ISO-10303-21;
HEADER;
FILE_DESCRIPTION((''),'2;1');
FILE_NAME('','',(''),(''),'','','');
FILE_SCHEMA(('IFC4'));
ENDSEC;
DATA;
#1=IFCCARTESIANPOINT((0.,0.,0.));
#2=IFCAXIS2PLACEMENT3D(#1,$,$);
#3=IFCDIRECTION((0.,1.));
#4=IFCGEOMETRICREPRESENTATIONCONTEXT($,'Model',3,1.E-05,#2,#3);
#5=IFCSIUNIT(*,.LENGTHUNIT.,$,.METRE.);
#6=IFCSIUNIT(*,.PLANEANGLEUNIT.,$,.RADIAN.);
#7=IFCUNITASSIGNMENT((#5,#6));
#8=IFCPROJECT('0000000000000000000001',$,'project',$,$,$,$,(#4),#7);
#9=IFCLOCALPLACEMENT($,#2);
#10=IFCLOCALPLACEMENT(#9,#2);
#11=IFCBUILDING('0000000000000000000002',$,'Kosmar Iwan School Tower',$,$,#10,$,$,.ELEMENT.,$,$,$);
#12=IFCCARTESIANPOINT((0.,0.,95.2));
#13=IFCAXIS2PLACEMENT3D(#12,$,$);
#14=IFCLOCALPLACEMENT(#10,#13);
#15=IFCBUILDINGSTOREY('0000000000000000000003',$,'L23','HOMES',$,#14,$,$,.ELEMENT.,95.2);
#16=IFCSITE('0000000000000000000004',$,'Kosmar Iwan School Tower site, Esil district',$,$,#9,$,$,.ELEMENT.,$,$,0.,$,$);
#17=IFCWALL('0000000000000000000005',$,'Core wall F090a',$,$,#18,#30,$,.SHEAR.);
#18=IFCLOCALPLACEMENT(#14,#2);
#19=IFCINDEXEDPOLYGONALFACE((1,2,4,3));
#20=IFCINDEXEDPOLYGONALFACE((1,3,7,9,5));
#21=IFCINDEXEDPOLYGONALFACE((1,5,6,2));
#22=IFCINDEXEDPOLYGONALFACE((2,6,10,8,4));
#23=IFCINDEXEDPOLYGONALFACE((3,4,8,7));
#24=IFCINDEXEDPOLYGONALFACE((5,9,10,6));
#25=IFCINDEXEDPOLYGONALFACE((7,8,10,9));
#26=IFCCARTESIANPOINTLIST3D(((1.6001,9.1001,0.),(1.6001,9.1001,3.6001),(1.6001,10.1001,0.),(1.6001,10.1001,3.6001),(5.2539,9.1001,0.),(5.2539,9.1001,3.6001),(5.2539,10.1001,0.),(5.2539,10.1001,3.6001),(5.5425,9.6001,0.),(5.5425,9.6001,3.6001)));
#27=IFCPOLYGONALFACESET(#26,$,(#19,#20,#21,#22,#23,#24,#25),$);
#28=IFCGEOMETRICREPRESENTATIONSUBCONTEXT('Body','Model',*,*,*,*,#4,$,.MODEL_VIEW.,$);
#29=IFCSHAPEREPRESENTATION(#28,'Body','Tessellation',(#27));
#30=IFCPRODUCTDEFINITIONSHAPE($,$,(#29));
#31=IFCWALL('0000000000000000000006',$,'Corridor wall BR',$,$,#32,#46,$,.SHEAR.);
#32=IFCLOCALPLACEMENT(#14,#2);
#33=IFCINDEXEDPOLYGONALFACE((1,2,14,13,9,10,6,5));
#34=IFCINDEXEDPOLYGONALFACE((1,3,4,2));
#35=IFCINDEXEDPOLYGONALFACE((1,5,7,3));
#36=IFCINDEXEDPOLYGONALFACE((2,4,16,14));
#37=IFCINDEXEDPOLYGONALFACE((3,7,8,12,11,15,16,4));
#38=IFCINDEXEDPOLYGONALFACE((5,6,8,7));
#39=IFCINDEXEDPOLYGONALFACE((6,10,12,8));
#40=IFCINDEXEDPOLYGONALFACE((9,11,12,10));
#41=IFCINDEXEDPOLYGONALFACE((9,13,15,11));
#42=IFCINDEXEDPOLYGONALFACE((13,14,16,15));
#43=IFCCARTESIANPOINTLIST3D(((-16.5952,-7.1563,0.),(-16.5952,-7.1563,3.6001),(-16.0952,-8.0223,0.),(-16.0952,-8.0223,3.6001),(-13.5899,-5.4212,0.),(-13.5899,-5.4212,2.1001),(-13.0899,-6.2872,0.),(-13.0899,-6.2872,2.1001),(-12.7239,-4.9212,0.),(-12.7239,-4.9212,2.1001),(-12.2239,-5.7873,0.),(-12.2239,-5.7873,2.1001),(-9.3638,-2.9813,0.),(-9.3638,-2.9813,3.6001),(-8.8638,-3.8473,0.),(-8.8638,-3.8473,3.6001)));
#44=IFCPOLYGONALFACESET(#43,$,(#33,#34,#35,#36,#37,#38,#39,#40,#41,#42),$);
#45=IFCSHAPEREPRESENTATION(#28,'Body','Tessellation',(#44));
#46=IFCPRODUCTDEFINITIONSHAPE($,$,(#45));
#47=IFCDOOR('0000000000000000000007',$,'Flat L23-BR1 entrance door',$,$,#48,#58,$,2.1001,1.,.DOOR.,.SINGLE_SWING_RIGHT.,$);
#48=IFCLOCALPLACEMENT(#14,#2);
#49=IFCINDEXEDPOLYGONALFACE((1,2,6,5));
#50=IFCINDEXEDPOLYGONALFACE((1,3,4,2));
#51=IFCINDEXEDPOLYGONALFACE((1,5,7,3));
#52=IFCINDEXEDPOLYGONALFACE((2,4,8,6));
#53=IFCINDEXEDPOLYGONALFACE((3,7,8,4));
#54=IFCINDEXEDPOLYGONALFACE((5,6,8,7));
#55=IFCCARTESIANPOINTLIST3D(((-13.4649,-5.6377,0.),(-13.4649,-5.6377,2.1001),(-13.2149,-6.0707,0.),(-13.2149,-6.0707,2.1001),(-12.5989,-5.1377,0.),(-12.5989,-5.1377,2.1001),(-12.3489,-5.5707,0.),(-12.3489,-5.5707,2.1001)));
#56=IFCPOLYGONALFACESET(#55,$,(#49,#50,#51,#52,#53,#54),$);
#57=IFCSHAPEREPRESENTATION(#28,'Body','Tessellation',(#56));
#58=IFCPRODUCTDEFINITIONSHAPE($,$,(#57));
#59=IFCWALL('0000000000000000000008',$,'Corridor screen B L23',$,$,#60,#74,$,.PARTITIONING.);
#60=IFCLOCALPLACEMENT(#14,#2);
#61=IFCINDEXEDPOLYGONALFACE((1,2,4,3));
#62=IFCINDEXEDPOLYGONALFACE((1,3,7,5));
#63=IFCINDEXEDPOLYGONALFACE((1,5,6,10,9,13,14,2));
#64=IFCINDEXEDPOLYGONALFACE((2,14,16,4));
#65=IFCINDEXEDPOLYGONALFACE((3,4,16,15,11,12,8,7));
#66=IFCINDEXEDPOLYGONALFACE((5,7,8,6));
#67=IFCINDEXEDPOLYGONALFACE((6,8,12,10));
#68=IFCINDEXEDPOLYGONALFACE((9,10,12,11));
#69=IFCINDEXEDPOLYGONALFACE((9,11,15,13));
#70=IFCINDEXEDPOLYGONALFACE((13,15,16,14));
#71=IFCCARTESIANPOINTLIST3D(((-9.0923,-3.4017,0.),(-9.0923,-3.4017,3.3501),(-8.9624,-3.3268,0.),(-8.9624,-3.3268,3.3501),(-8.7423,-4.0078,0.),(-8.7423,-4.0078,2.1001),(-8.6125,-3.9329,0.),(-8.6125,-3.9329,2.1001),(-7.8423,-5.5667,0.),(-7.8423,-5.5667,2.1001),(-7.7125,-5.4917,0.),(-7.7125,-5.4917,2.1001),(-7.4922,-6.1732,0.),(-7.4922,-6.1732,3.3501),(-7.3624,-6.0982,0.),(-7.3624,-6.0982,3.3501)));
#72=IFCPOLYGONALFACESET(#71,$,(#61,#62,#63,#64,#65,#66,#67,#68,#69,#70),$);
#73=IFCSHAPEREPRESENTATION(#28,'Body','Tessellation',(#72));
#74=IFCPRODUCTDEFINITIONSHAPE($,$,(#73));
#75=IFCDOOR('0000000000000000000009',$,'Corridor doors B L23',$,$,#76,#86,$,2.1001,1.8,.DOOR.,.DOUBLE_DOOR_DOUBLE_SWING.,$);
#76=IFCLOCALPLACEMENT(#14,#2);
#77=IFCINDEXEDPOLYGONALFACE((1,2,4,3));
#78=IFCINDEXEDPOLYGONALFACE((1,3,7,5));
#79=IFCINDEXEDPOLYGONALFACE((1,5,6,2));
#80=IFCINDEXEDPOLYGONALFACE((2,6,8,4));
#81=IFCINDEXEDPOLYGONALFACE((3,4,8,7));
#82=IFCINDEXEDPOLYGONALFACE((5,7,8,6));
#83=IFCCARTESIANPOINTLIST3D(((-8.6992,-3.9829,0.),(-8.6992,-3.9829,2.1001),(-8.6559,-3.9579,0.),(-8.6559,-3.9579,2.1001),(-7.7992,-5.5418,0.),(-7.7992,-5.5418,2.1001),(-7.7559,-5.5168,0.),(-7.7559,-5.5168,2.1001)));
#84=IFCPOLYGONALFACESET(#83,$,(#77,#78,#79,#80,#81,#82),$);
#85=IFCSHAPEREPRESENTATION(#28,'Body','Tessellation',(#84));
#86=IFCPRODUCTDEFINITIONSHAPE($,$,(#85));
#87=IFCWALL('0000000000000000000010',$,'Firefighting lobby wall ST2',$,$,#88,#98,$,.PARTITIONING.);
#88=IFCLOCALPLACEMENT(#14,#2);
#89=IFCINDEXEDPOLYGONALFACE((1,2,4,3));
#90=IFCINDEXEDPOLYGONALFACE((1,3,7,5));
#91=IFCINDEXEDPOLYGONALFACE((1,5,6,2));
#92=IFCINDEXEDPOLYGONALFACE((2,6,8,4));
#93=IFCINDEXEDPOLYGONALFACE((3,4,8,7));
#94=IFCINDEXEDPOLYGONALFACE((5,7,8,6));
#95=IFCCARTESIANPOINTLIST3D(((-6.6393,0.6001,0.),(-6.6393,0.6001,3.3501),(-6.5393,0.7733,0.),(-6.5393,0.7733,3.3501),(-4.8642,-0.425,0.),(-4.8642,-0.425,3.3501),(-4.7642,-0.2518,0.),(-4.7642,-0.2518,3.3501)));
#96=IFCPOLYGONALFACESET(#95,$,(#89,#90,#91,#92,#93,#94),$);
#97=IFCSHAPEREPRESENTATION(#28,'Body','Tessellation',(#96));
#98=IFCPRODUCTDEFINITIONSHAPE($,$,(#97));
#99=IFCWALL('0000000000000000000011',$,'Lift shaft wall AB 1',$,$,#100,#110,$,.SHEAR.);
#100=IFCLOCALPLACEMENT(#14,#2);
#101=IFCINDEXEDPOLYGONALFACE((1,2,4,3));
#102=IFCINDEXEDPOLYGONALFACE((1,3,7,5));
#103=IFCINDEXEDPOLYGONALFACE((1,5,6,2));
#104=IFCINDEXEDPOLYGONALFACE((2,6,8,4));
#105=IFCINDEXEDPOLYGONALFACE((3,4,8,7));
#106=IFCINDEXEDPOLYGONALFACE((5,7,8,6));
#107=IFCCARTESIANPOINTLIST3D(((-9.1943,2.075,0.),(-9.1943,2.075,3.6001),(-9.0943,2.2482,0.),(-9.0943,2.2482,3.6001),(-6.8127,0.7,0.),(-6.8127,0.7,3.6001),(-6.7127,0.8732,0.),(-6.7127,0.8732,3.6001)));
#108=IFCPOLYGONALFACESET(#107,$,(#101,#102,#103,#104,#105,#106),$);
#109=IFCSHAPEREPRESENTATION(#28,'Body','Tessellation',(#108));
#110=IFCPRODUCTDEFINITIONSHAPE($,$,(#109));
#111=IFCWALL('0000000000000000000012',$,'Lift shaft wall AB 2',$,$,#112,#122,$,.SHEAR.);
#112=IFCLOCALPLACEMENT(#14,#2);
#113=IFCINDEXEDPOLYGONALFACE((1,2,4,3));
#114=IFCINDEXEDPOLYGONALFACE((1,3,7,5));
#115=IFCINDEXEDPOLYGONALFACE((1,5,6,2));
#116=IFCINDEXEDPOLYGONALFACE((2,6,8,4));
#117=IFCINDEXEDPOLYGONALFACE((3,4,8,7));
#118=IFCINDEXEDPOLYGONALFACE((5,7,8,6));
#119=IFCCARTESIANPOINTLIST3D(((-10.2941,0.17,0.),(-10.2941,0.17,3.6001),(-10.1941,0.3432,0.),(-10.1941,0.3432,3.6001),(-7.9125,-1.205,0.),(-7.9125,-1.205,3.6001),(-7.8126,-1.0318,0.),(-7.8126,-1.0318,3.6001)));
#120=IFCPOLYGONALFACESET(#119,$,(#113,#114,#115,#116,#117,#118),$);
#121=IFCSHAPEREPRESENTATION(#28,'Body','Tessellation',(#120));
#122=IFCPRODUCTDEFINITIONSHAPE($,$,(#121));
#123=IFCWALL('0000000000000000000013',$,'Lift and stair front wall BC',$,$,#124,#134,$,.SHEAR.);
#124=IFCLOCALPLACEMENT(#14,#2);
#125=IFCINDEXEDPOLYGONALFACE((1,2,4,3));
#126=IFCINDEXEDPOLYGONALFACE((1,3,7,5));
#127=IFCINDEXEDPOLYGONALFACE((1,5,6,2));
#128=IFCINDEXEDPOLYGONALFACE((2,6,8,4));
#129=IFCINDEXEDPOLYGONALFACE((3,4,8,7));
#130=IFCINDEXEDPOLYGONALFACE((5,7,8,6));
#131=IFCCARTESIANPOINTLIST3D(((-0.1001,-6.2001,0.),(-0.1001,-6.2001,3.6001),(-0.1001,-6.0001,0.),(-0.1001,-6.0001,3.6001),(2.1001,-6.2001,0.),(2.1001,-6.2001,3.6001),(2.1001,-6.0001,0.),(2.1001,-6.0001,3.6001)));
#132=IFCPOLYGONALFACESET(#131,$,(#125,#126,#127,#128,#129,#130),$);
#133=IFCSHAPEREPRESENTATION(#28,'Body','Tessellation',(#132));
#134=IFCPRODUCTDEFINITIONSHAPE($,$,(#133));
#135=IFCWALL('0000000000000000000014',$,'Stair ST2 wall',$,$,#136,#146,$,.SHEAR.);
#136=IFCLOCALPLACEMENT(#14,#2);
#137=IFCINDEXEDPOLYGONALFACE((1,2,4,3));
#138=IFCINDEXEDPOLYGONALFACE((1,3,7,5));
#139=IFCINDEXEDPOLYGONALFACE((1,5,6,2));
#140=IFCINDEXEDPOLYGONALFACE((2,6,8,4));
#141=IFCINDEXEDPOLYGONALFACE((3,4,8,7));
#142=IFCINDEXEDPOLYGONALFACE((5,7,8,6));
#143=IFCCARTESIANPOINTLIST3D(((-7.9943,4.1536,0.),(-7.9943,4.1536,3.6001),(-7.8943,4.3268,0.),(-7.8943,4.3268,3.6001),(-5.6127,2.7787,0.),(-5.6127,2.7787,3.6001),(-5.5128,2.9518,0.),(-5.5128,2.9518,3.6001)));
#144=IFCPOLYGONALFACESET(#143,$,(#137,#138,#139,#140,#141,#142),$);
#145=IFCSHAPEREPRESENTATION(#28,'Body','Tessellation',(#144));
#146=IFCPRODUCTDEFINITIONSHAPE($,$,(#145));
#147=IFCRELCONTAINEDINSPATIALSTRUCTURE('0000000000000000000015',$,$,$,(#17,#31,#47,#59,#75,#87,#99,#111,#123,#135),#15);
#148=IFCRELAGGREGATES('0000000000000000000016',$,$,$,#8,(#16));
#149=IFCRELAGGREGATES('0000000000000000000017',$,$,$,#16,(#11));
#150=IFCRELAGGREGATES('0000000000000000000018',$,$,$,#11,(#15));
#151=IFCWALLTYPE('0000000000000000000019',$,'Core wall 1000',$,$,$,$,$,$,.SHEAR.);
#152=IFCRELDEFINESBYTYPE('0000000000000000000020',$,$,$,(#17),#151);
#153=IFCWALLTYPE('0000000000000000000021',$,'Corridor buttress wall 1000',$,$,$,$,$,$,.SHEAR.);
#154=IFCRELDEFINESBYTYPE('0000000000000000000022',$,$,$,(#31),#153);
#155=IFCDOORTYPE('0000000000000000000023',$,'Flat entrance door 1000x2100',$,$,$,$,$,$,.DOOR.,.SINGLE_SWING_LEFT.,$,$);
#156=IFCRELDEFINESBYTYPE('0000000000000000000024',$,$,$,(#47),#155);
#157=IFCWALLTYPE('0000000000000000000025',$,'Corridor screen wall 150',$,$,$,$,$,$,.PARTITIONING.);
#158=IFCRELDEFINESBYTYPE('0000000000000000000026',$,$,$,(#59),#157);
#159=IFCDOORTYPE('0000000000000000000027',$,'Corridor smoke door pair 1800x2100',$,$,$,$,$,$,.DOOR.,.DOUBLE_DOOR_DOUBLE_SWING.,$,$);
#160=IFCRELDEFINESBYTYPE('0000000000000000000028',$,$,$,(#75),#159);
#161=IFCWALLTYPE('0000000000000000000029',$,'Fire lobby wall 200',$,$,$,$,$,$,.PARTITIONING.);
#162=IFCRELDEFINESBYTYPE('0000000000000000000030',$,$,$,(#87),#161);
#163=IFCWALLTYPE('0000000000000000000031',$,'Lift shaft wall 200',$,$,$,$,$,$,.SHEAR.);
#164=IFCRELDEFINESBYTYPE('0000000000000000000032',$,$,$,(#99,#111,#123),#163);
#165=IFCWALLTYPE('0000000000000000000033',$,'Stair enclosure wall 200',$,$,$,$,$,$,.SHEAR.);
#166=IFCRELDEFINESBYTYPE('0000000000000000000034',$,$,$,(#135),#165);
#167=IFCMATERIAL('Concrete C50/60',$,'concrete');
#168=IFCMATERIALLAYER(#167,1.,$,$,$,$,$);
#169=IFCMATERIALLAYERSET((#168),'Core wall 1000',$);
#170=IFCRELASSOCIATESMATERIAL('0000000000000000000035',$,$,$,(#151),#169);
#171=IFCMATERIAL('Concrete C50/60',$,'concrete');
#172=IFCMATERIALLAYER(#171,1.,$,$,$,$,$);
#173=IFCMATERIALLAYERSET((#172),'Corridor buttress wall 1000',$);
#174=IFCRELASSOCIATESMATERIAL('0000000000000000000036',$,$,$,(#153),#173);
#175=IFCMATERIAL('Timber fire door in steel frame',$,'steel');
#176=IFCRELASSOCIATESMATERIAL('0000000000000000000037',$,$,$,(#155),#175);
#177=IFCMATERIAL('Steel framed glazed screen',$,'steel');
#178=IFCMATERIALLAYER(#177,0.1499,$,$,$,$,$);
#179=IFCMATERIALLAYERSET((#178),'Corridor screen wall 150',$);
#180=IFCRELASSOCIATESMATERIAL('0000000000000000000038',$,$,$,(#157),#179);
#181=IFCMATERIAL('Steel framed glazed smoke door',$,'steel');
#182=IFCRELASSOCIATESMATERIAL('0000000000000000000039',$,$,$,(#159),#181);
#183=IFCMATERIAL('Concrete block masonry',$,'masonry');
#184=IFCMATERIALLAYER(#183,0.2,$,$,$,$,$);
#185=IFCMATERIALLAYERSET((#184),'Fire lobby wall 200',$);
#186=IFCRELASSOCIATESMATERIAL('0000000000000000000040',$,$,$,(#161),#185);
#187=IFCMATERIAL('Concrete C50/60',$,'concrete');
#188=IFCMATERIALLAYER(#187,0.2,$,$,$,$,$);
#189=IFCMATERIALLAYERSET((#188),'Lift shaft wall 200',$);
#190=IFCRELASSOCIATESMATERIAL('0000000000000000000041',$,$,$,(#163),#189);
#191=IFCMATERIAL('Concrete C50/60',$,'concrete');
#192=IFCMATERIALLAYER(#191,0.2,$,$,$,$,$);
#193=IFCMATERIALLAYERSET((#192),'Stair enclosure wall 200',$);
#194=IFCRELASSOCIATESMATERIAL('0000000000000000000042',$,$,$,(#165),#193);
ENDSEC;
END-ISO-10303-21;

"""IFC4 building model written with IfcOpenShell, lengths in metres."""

from ifc_helpers import new_model, si_unit, direction, frame, frame_2d, origin, place, context, subcontext, project, spatial, polyline, rectangle, outline, extrude, material, layer, layer_set, type_object, element, fill, save


model = new_model("IFC4")

# Units and contexts
model_context = context("Model", 3, precision=1e-05, world=origin(), true_north=direction((0.0, 1.0)))
body_context = subcontext(model_context, "Body", "Model", "MODEL_VIEW")
ifc_project = project(units=[si_unit("LENGTHUNIT", "METRE"), si_unit("PLANEANGLEUNIT", "RADIAN")], contexts=[model_context])

# Site, building, storey
site_placement = place(None, origin())
site = spatial("IfcSite", under=ifc_project, at=site_placement, Name="Kosmar Iwan School Tower site, Esil district", CompositionType="ELEMENT", RefElevation=0.0)
building_placement = place(site_placement, origin())
building = spatial("IfcBuilding", under=site, at=building_placement, Name="Kosmar Iwan School Tower", CompositionType="ELEMENT")
storey_placement = place(building_placement, frame((0.0, 0.0, 95.2)))
storey = spatial("IfcBuildingStorey", under=building, at=storey_placement, Name="L23", Description="HOMES", CompositionType="ELEMENT", Elevation=95.2)

# Wall
ifc_material_1 = material(Name="Concrete C50/60", Category="concrete")
ifc_layer_1 = layer(ifc_material_1, 1.0)
ifc_layer_set_1 = layer_set([ifc_layer_1], Name="Core wall 1000")
wall_type_1 = type_object("IfcWallType", Name="Core wall 1000", PredefinedType="SHEAR", material=ifc_layer_set_1)
wall_1_placement = place(storey_placement, origin())
element("IfcWall", 1, at=wall_1_placement, inside=storey, type_object=wall_type_1, Name="Core wall F090a", PredefinedType="SHEAR", context=body_context, shape_type="SweptSolid", body=[
    extrude(outline(polyline([(1.6001, 9.1001), (5.2539, 9.1001), (5.5425, 9.6001), (5.2539, 10.1001), (1.6001, 10.1001), (1.6001, 9.1001)])), origin(), (0.0, 0.0, 1.0), 3.6001),
])

# Walls, openings, doors
ifc_material_2 = material(Name="Concrete C50/60", Category="concrete")
ifc_layer_2 = layer(ifc_material_2, 1.0)
ifc_layer_set_2 = layer_set([ifc_layer_2], Name="Corridor buttress wall 1000")
wall_type_2 = type_object("IfcWallType", Name="Corridor buttress wall 1000", PredefinedType="SHEAR", material=ifc_layer_set_2)
wall_2_placement = place(storey_placement, frame((-9.1138, -3.4143, 0.0), z_axis=(0.0, 0.0, 1.0), x_axis=(-0.866027, -0.499997, 0.0)))
wall_2 = element("IfcWall", 2, at=wall_2_placement, inside=storey, type_object=wall_type_2, Name="Corridor wall BR", PredefinedType="SHEAR", context=body_context, shape_type="SweptSolid", body=[
    extrude(rectangle(XDim=8.3501, YDim=1.0, at=frame_2d((4.175, 0.0))), origin(), (0.0, 0.0, 1.0), 3.6001),
])
opening_1_placement = place(wall_2_placement, frame((3.8799, 0.0, 0.0)))
opening_1 = element("IfcOpeningElement", 3, at=opening_1_placement, cuts=wall_2, PredefinedType="OPENING", context=body_context, shape_type="SweptSolid", body=[
    extrude(rectangle(XDim=1.0, YDim=2.1001, at=frame_2d((0.5, 1.05))), frame((0.0, 0.512, 0.0), z_axis=(0.0, -1.0, 0.0), x_axis=(1.0, 0.0, 0.0)), (0.0, 0.0, 1.0), 1.0239),
])
ifc_material_3 = material(Name="Timber fire door in steel frame", Category="steel")
door_type_1 = type_object("IfcDoorType", Name="Flat entrance door 1000x2100", OperationType="SINGLE_SWING_LEFT", PredefinedType="DOOR", material=ifc_material_3)
door_1_placement = place(opening_1_placement, origin())
door_1 = element("IfcDoor", 4, at=door_1_placement, inside=storey, type_object=door_type_1, Name="Flat L23-BR1 entrance door", OperationType="SINGLE_SWING_RIGHT", OverallHeight=2.1001, OverallWidth=1.0, PredefinedType="DOOR", context=body_context, shape_type="SweptSolid", body=[
    extrude(rectangle(XDim=1.0, YDim=2.1001, at=frame_2d((0.5, 1.05))), frame((0.0, 0.25, 0.0), z_axis=(0.0, -1.0, 0.0), x_axis=(1.0, 0.0, 0.0)), (0.0, 0.0, 1.0), 0.5),
])
fill(opening_1, door_1)
ifc_material_4 = material(Name="Steel framed glazed screen", Category="steel")
ifc_layer_3 = layer(ifc_material_4, 0.1499)
ifc_layer_set_3 = layer_set([ifc_layer_3], Name="Corridor screen wall 150")
wall_type_3 = type_object("IfcWallType", Name="Corridor screen wall 150", PredefinedType="PARTITIONING", material=ifc_layer_set_3)
wall_3_placement = place(storey_placement, frame((-9.0273, -3.3643, 0.0), z_axis=(0.0, 0.0, 1.0), x_axis=(0.499995, -0.866028, 0.0)))
wall_3 = element("IfcWall", 5, at=wall_3_placement, inside=storey, type_object=wall_type_3, Name="Corridor screen B L23", PredefinedType="PARTITIONING", context=body_context, shape_type="SweptSolid", body=[
    extrude(rectangle(XDim=3.2002, YDim=0.1499, at=frame_2d((1.6001, 0.0))), origin(), (0.0, 0.0, 1.0), 3.3501),
])
opening_2_placement = place(wall_3_placement, frame((0.7, 0.0, 0.0)))
opening_2 = element("IfcOpeningElement", 6, at=opening_2_placement, cuts=wall_3, PredefinedType="OPENING", context=body_context, shape_type="SweptSolid", body=[
    extrude(rectangle(XDim=1.8, YDim=2.1001, at=frame_2d((0.8999, 1.05))), frame((0.0, 0.0869, 0.0), z_axis=(0.0, -1.0, 0.0), x_axis=(1.0, 0.0, 0.0)), (0.0, 0.0, 1.0), 0.1738),
])
ifc_material_5 = material(Name="Steel framed glazed smoke door", Category="steel")
door_type_2 = type_object("IfcDoorType", Name="Corridor smoke door pair 1800x2100", OperationType="DOUBLE_DOOR_DOUBLE_SWING", PredefinedType="DOOR", material=ifc_material_5)
door_2_placement = place(opening_2_placement, origin())
door_2 = element("IfcDoor", 7, at=door_2_placement, inside=storey, type_object=door_type_2, Name="Corridor doors B L23", OperationType="DOUBLE_DOOR_DOUBLE_SWING", OverallHeight=2.1001, OverallWidth=1.8, PredefinedType="DOOR", context=body_context, shape_type="SweptSolid", body=[
    extrude(rectangle(XDim=1.8, YDim=2.1001, at=frame_2d((0.8999, 1.05))), frame((0.0, 0.0249, 0.0), z_axis=(0.0, -1.0, 0.0), x_axis=(1.0, 0.0, 0.0)), (0.0, 0.0, 1.0), 0.05),
])
fill(opening_2, door_2)

# Walls
ifc_material_6 = material(Name="Concrete block masonry", Category="masonry")
ifc_layer_4 = layer(ifc_material_6, 0.2)
ifc_layer_set_4 = layer_set([ifc_layer_4], Name="Fire lobby wall 200")
wall_type_4 = type_object("IfcWallType", Name="Fire lobby wall 200", PredefinedType="PARTITIONING", material=ifc_layer_set_4)
wall_4_placement = place(storey_placement, frame((-4.8142, -0.3384, 0.0), z_axis=(0.0, 0.0, 1.0), x_axis=(-0.865969, 0.500097, 0.0)))
element("IfcWall", 8, at=wall_4_placement, inside=storey, type_object=wall_type_4, Name="Firefighting lobby wall ST2", PredefinedType="PARTITIONING", context=body_context, shape_type="SweptSolid", body=[
    extrude(rectangle(XDim=2.0498, YDim=0.2, at=frame_2d((1.0249, 0.0))), origin(), (0.0, 0.0, 1.0), 3.3501),
])
ifc_material_7 = material(Name="Concrete C50/60", Category="concrete")
ifc_layer_5 = layer(ifc_material_7, 0.2)
ifc_layer_set_5 = layer_set([ifc_layer_5], Name="Lift shaft wall 200")
wall_type_5 = type_object("IfcWallType", Name="Lift shaft wall 200", PredefinedType="SHEAR", material=ifc_layer_set_5)
for number, where, z_axis, x_axis, name in (
    (9, (-6.7627, 0.7866, 0.0), (0.0, 0.0, 1.0), (-0.866027, 0.499997, 0.0), "Lift shaft wall AB 1"),
    (10, (-7.8625, -1.1184, 0.0), (0.0, 0.0, 1.0), (-0.866027, 0.499997, 0.0), "Lift shaft wall AB 2"),
):
    element("IfcWall", number, at=place(storey_placement, frame(where, z_axis=z_axis, x_axis=x_axis)), inside=storey, type_object=wall_type_5, Name=name, PredefinedType="SHEAR", context=body_context, shape_type="SweptSolid", body=[
        extrude(rectangle(XDim=2.75, YDim=0.2, at=frame_2d((1.375, 0.0))), origin(), (0.0, 0.0, 1.0), 3.6001),
    ])
wall_5_placement = place(storey_placement, frame((-0.1001, -6.1001, 0.0), z_axis=(0.0, 0.0, 1.0), x_axis=(1.0, 0.0, 0.0)))
element("IfcWall", 11, at=wall_5_placement, inside=storey, type_object=wall_type_5, Name="Lift and stair front wall BC", PredefinedType="SHEAR", context=body_context, shape_type="SweptSolid", body=[
    extrude(rectangle(XDim=2.2002, YDim=0.2, at=frame_2d((1.1001, 0.0))), origin(), (0.0, 0.0, 1.0), 3.6001),
])
ifc_material_8 = material(Name="Concrete C50/60", Category="concrete")
ifc_layer_6 = layer(ifc_material_8, 0.2)
ifc_layer_set_6 = layer_set([ifc_layer_6], Name="Stair enclosure wall 200")
wall_type_6 = type_object("IfcWallType", Name="Stair enclosure wall 200", PredefinedType="SHEAR", material=ifc_layer_set_6)
wall_6_placement = place(storey_placement, frame((-5.5627, 2.8652, 0.0), z_axis=(0.0, 0.0, 1.0), x_axis=(-0.866027, 0.499997, 0.0)))
element("IfcWall", 12, at=wall_6_placement, inside=storey, type_object=wall_type_6, Name="Stair ST2 wall", PredefinedType="SHEAR", context=body_context, shape_type="SweptSolid", body=[
    extrude(rectangle(XDim=2.75, YDim=0.2, at=frame_2d((1.375, 0.0))), origin(), (0.0, 0.0, 1.0), 3.6001),
])

save(model, "model.ifc")
